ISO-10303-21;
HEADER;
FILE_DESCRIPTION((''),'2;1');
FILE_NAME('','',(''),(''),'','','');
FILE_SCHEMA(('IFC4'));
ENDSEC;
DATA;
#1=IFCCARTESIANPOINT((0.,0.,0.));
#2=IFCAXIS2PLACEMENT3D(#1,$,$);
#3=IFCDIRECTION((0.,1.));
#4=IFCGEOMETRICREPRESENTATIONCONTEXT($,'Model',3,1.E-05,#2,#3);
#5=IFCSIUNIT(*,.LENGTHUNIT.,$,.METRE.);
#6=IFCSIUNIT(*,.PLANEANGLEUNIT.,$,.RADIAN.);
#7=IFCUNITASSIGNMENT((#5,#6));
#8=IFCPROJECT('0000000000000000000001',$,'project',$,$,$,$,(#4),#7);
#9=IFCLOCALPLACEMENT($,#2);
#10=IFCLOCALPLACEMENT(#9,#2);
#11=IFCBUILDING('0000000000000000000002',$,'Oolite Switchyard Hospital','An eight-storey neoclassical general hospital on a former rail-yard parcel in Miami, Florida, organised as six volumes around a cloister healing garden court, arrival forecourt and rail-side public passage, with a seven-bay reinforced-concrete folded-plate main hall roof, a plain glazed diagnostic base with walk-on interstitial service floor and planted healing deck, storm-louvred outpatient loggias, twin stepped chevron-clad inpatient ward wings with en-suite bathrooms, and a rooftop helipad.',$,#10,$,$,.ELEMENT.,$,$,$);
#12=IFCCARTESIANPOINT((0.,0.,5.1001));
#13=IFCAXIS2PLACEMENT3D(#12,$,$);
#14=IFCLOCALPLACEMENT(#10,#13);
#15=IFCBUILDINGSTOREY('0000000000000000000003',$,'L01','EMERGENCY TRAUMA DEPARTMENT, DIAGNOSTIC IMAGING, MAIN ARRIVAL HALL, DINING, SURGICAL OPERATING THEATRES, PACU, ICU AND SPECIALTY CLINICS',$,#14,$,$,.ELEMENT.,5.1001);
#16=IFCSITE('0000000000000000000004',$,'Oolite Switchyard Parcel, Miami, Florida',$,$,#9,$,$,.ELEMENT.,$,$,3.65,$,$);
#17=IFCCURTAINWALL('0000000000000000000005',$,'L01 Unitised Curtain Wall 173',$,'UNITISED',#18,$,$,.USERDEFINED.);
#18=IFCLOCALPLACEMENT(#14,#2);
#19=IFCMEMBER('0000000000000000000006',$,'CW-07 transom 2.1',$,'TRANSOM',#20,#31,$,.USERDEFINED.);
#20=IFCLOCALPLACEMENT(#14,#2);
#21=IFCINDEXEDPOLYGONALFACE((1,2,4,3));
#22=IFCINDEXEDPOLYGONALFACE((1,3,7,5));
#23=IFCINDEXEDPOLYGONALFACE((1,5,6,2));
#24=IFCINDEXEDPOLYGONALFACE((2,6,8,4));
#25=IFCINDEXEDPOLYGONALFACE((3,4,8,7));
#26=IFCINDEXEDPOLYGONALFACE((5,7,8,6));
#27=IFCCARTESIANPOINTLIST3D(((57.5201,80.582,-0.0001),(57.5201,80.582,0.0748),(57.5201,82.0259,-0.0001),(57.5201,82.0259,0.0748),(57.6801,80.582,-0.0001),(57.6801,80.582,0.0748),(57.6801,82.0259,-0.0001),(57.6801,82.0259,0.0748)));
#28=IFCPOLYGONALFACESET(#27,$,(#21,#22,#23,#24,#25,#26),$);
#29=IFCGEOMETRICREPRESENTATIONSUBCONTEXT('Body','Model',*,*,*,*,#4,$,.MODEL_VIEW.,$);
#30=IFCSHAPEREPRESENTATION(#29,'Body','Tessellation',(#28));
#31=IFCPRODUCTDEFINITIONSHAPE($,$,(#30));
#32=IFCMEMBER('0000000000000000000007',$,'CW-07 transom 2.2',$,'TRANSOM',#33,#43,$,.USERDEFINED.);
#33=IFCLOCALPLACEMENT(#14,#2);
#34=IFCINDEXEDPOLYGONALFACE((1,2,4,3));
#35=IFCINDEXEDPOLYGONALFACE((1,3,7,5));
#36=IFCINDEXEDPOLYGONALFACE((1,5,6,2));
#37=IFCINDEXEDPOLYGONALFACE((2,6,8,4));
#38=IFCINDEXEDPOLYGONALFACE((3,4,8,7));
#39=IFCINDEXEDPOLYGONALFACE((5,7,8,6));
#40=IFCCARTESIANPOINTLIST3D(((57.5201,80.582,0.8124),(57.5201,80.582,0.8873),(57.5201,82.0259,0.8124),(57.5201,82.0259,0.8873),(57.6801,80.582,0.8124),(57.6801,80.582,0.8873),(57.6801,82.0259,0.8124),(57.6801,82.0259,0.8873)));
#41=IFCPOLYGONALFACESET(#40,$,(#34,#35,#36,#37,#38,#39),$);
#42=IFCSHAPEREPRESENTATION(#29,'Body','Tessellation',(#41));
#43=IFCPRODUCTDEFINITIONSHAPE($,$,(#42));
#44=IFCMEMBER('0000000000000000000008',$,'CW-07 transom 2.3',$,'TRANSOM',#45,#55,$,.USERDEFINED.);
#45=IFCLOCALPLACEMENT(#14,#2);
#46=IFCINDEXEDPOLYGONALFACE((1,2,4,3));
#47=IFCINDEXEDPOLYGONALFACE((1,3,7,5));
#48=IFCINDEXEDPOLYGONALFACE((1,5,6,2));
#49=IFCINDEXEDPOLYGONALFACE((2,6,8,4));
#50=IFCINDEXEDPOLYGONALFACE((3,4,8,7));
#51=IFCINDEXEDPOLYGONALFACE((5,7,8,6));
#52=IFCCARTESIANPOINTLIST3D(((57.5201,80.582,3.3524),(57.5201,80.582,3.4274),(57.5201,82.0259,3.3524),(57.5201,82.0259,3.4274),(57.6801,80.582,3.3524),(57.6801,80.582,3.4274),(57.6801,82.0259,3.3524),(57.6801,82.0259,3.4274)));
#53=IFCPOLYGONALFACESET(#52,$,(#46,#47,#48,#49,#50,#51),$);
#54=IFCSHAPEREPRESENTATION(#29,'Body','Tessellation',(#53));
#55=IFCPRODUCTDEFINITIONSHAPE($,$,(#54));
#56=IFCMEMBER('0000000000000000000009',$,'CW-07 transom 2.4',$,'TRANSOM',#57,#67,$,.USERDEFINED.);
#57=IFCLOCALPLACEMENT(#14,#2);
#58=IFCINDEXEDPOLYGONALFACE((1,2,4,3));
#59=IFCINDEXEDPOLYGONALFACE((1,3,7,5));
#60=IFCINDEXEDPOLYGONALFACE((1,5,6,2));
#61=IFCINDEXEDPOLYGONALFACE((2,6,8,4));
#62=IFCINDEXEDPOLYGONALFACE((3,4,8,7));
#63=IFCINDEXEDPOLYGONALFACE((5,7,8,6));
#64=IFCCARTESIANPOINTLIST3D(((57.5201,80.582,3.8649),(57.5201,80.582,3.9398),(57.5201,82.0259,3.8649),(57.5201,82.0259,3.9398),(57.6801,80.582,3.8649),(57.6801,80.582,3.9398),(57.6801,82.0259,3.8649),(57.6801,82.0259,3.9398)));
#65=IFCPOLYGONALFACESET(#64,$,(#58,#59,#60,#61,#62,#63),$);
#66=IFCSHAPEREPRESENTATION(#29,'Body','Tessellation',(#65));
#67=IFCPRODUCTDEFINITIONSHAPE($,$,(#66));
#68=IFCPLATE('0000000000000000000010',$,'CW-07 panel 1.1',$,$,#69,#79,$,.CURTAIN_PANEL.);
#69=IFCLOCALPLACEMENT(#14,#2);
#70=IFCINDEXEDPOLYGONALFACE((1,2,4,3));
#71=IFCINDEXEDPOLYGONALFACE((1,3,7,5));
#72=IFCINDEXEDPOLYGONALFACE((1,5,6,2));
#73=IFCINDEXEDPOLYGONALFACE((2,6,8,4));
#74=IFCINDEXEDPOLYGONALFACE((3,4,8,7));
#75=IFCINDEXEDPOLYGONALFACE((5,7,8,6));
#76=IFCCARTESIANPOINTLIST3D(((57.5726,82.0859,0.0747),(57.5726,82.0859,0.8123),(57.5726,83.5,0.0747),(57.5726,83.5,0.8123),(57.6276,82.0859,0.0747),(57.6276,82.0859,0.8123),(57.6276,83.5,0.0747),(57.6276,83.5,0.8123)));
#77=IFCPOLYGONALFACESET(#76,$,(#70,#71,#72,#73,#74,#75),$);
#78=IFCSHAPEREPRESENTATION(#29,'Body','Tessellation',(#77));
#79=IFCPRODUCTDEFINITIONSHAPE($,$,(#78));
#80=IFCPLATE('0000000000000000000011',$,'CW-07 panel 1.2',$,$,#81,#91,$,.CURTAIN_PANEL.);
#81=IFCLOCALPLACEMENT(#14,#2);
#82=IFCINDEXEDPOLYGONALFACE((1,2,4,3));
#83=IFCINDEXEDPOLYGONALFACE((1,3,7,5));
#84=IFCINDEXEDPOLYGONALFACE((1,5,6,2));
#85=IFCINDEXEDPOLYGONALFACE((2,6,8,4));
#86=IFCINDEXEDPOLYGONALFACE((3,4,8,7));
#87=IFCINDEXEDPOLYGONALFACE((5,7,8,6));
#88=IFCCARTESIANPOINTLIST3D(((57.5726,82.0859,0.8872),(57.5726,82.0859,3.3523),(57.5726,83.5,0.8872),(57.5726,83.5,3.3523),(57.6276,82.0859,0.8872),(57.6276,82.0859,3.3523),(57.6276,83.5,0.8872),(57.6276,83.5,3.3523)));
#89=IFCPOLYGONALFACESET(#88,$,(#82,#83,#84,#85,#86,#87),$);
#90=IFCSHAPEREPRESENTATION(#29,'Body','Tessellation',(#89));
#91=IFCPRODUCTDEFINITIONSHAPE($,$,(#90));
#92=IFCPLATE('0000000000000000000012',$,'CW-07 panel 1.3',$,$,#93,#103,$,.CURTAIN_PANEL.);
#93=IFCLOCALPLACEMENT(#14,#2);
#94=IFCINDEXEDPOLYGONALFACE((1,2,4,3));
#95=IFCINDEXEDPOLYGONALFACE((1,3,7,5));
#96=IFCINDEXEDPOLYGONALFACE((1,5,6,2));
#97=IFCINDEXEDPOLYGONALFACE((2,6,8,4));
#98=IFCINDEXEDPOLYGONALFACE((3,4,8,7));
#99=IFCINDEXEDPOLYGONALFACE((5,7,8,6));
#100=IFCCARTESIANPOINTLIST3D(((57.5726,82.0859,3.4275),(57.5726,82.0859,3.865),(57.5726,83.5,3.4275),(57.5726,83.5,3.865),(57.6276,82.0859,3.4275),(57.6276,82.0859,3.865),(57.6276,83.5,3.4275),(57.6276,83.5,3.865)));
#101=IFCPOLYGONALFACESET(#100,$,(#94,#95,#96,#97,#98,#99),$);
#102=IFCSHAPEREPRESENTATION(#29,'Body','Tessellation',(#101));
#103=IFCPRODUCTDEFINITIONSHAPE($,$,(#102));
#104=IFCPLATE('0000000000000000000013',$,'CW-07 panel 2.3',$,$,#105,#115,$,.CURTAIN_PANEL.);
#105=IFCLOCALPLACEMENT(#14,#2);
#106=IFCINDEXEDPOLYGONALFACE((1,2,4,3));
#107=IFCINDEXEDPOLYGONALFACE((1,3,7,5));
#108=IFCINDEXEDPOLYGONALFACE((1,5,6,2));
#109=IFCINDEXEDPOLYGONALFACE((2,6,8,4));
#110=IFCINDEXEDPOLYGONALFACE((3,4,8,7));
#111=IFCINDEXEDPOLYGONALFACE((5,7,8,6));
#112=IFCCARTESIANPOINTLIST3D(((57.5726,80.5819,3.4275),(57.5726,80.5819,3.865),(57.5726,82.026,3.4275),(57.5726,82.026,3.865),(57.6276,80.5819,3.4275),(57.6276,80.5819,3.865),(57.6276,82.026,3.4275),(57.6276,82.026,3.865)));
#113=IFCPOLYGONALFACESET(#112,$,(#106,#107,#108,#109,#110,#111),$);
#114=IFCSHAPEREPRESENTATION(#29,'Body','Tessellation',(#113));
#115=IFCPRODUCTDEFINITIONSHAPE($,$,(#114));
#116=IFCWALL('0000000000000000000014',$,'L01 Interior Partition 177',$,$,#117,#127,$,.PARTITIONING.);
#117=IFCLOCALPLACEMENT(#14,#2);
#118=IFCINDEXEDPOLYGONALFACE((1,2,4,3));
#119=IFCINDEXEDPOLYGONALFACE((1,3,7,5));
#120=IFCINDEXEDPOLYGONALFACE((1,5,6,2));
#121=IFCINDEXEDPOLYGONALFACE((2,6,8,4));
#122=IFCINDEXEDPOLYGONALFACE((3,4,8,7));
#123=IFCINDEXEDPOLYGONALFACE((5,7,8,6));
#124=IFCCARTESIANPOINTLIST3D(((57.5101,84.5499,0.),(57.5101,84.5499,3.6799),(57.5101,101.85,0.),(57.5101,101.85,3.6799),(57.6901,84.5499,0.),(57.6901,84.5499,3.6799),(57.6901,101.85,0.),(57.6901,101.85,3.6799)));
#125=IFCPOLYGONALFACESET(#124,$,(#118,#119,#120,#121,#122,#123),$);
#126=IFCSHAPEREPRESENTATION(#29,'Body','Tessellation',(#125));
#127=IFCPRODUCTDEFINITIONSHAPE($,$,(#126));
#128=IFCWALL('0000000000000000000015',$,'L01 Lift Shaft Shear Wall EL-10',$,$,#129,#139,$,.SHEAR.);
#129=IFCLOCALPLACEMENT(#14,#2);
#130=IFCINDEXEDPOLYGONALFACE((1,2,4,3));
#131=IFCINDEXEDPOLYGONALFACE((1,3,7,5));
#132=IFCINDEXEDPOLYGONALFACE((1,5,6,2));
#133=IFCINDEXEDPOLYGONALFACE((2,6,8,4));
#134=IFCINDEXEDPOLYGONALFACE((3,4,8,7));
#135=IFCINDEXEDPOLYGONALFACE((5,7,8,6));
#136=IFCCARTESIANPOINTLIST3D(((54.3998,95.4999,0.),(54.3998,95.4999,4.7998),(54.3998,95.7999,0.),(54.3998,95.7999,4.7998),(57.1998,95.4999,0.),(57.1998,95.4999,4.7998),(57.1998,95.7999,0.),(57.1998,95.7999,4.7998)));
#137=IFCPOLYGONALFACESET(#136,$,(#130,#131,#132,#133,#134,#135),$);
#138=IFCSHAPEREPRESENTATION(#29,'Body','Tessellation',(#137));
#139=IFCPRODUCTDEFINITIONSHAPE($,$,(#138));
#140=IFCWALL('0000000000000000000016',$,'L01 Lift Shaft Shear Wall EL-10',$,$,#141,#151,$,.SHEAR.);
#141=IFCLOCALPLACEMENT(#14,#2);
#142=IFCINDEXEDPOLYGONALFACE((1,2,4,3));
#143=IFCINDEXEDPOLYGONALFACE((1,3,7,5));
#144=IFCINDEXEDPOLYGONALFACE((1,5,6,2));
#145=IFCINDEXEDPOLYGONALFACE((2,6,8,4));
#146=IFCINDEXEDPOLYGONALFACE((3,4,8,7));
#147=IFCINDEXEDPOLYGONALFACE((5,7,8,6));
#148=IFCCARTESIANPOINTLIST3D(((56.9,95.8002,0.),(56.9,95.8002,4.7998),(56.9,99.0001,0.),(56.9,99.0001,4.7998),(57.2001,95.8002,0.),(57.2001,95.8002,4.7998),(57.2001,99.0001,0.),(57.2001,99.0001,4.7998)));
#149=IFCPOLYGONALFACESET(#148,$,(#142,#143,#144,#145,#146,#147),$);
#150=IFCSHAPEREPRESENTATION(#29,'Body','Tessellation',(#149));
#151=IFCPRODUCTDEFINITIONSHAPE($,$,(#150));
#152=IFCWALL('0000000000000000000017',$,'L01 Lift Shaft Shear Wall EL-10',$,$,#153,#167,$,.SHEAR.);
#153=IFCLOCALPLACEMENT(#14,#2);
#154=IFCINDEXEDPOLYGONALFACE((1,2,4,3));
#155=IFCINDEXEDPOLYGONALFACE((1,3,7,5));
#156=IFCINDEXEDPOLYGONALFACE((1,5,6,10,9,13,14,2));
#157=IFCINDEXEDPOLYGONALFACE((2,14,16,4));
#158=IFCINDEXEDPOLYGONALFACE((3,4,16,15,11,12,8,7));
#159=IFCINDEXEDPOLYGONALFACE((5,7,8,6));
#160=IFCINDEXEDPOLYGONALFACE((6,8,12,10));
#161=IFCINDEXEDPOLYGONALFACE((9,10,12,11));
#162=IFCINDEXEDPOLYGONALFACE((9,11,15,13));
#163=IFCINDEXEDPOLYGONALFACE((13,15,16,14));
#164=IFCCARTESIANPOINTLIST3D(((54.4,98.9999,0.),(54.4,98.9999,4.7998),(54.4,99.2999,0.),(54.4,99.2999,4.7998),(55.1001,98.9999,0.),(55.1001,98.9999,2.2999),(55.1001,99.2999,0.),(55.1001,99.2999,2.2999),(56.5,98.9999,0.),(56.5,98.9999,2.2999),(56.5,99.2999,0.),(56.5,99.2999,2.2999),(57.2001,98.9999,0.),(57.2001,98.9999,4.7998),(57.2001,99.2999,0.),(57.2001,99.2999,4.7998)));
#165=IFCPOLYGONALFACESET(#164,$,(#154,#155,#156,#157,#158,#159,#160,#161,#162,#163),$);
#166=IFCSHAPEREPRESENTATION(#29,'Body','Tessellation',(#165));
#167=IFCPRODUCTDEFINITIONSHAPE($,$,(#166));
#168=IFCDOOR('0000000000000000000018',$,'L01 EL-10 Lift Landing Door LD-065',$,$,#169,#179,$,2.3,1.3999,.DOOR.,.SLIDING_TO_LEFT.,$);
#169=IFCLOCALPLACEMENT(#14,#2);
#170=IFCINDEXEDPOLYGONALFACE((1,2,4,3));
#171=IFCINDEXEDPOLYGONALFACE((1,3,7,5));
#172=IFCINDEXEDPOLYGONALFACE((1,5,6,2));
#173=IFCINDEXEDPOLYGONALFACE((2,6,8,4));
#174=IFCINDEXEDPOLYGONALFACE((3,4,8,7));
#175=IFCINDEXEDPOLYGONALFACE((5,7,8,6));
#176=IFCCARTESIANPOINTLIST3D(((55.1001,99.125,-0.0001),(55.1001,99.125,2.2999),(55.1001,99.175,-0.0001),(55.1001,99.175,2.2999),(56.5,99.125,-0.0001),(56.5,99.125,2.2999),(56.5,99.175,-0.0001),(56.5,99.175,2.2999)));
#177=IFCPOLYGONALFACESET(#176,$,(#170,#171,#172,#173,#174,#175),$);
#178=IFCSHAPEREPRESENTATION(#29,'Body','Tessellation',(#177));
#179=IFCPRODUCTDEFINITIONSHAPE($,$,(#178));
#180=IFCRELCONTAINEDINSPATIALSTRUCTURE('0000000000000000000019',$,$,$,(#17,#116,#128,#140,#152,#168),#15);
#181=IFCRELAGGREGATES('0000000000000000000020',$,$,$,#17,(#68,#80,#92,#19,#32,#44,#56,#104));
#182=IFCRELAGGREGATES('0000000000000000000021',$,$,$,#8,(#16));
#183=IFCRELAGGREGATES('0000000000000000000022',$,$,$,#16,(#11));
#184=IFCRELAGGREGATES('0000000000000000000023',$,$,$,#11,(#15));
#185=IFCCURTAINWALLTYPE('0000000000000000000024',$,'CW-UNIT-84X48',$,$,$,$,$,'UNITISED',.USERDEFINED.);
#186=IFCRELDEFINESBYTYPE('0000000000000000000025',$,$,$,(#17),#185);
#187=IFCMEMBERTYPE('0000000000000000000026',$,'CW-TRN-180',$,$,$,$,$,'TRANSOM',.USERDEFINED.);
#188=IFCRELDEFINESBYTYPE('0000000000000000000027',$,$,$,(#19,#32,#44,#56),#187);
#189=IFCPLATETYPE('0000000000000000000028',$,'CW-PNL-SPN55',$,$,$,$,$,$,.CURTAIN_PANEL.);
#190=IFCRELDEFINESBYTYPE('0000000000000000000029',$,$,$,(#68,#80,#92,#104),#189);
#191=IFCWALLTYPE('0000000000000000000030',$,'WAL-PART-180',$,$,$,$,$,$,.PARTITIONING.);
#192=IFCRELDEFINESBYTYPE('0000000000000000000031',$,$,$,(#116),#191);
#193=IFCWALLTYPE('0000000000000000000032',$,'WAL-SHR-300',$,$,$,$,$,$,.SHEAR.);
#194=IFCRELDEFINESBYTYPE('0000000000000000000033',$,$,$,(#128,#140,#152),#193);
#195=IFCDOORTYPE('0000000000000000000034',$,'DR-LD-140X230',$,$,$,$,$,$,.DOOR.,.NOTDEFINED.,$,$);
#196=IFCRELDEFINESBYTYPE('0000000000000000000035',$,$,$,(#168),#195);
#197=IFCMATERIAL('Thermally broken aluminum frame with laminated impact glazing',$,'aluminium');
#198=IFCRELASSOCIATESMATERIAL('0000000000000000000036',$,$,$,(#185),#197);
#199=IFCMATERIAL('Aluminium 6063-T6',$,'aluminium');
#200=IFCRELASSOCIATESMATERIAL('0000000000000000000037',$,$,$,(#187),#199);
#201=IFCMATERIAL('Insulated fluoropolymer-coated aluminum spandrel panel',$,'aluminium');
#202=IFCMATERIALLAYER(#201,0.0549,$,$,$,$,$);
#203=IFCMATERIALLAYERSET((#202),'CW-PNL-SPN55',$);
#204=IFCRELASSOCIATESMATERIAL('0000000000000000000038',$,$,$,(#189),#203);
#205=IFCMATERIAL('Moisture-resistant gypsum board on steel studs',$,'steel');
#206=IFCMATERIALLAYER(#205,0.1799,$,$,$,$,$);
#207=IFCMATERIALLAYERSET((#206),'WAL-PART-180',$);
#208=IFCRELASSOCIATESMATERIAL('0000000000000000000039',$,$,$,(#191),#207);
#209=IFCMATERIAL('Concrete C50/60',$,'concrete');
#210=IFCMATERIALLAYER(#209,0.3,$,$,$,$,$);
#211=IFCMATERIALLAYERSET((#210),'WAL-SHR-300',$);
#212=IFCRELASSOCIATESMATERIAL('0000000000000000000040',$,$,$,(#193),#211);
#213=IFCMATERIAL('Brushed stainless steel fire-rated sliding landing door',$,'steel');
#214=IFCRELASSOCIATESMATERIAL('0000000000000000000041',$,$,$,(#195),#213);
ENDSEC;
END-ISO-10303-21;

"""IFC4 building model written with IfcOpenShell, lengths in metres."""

from ifc_helpers import new_model, si_unit, direction, frame, frame_2d, origin, origin_2d, place, context, subcontext, project, spatial, rectangle, extrude, material, layer, layer_set, material_profile, profile_set, type_object, element, fill, aggregate, save


model = new_model("IFC4")

# Units and contexts
model_context = context("Model", 3, precision=1e-05, world=origin(), true_north=direction((0.0, 1.0)))
body_context = subcontext(model_context, "Body", "Model", "MODEL_VIEW")
ifc_project = project(units=[si_unit("LENGTHUNIT", "METRE"), si_unit("PLANEANGLEUNIT", "RADIAN")], contexts=[model_context])

# Site, building, storey
site_placement = place(None, origin())
site = spatial("IfcSite", under=ifc_project, at=site_placement, Name="Oolite Switchyard Parcel, Miami, Florida", CompositionType="ELEMENT", RefElevation=3.65)
building_placement = place(site_placement, origin())
building = spatial("IfcBuilding", under=site, at=building_placement, Name="Oolite Switchyard Hospital", Description="An eight-storey neoclassical general hospital on a former rail-yard parcel in Miami, Florida, organised as six volumes around a cloister healing garden court, arrival forecourt and rail-side public passage, with a seven-bay reinforced-concrete folded-plate main hall roof, a plain glazed diagnostic base with walk-on interstitial service floor and planted healing deck, storm-louvred outpatient loggias, twin stepped chevron-clad inpatient ward wings with en-suite bathrooms, and a rooftop helipad.", CompositionType="ELEMENT")
storey_placement = place(building_placement, frame((0.0, 0.0, 5.1001)))
storey = spatial("IfcBuildingStorey", under=building, at=storey_placement, Name="L01", Description="EMERGENCY TRAUMA DEPARTMENT, DIAGNOSTIC IMAGING, MAIN ARRIVAL HALL, DINING, SURGICAL OPERATING THEATRES, PACU, ICU AND SPECIALTY CLINICS", CompositionType="ELEMENT", Elevation=5.1001)

# Shared definitions
ifc_material_1 = material(Name="Concrete C50/60", Category="concrete")

# Curtain wall, members, plates
ifc_material_2 = material(Name="Thermally broken aluminum frame with laminated impact glazing", Category="aluminium")
curtain_wall_type = type_object("IfcCurtainWallType", Name="CW-UNIT-84X48", ElementType="UNITISED", PredefinedType="USERDEFINED", material=ifc_material_2)
curtain_wall_placement = place(storey_placement, origin())
curtain_wall = element("IfcCurtainWall", 1, at=curtain_wall_placement, inside=storey, type_object=curtain_wall_type, Name="L01 Unitised Curtain Wall 173", ObjectType="UNITISED", PredefinedType="USERDEFINED")
ifc_material_3 = material(Name="Aluminium 6063-T6", Category="aluminium")
ifc_material_profile_1 = material_profile(ifc_material_3, rectangle(XDim=0.1599, YDim=0.075, at=origin_2d()), Name="CWT75X160")
ifc_profile_set_1 = profile_set([ifc_material_profile_1], Name="Aluminium 6063-T6")
member_type_1 = type_object("IfcMemberType", Name="CW-TRN-180", ElementType="TRANSOM", PredefinedType="USERDEFINED", material=ifc_profile_set_1)
member_1_placement = place(storey_placement, frame((57.6001, 82.0259, 0.0374), z_axis=(0.0, -1.0, 0.0), x_axis=(1.0, 0.0, 0.0)))
member_1 = element("IfcMember", 2, at=member_1_placement, type_object=member_type_1, Name="CW-07 transom 2.1", ObjectType="TRANSOM", PredefinedType="USERDEFINED", context=body_context, shape_type="SweptSolid", body=[
    extrude(rectangle(XDim=0.1599, YDim=0.075, at=origin_2d()), origin(), (0.0, 0.0, 1.0), 1.4438),
])
member_2_placement = place(storey_placement, frame((57.6001, 82.0259, 0.8499), z_axis=(0.0, -1.0, 0.0), x_axis=(1.0, 0.0, 0.0)))
member_2 = element("IfcMember", 3, at=member_2_placement, type_object=member_type_1, Name="CW-07 transom 2.2", ObjectType="TRANSOM", PredefinedType="USERDEFINED", context=body_context, shape_type="SweptSolid", body=[
    extrude(rectangle(XDim=0.1599, YDim=0.075, at=origin_2d()), origin(), (0.0, 0.0, 1.0), 1.4438),
])
member_3_placement = place(storey_placement, frame((57.6001, 82.0259, 3.3899), z_axis=(0.0, -1.0, 0.0), x_axis=(1.0, 0.0, 0.0)))
member_3 = element("IfcMember", 4, at=member_3_placement, type_object=member_type_1, Name="CW-07 transom 2.3", ObjectType="TRANSOM", PredefinedType="USERDEFINED", context=body_context, shape_type="SweptSolid", body=[
    extrude(rectangle(XDim=0.1599, YDim=0.075, at=origin_2d()), origin(), (0.0, 0.0, 1.0), 1.4438),
])
member_4_placement = place(storey_placement, frame((57.6001, 82.0259, 3.9023), z_axis=(0.0, -1.0, 0.0), x_axis=(1.0, 0.0, 0.0)))
member_4 = element("IfcMember", 5, at=member_4_placement, type_object=member_type_1, Name="CW-07 transom 2.4", ObjectType="TRANSOM", PredefinedType="USERDEFINED", context=body_context, shape_type="SweptSolid", body=[
    extrude(rectangle(XDim=0.1599, YDim=0.075, at=origin_2d()), origin(), (0.0, 0.0, 1.0), 1.4438),
])
ifc_material_4 = material(Name="Insulated fluoropolymer-coated aluminum spandrel panel", Category="aluminium")
ifc_layer_1 = layer(ifc_material_4, 0.0549)
ifc_layer_set_1 = layer_set([ifc_layer_1], Name="CW-PNL-SPN55")
plate_type = type_object("IfcPlateType", Name="CW-PNL-SPN55", PredefinedType="CURTAIN_PANEL", material=ifc_layer_set_1)
plate_1_placement = place(storey_placement, frame((57.6001, 82.793, 0.0747), z_axis=(0.0, 0.0, 1.0), x_axis=(0.0, -1.0, 0.0)))
plate_1 = element("IfcPlate", 6, at=plate_1_placement, type_object=plate_type, Name="CW-07 panel 1.1", PredefinedType="CURTAIN_PANEL", context=body_context, shape_type="SweptSolid", body=[
    extrude(rectangle(XDim=1.4141, YDim=0.0549, at=origin_2d()), origin(), (0.0, 0.0, 1.0), 0.7375),
])
plate_2_placement = place(storey_placement, frame((57.6001, 82.793, 0.8872), z_axis=(0.0, 0.0, 1.0), x_axis=(0.0, -1.0, 0.0)))
plate_2 = element("IfcPlate", 7, at=plate_2_placement, type_object=plate_type, Name="CW-07 panel 1.2", PredefinedType="CURTAIN_PANEL", context=body_context, shape_type="SweptSolid", body=[
    extrude(rectangle(XDim=1.4141, YDim=0.0549, at=origin_2d()), origin(), (0.0, 0.0, 1.0), 2.4651),
])
plate_3_placement = place(storey_placement, frame((57.6001, 82.793, 3.4275), z_axis=(0.0, 0.0, 1.0), x_axis=(0.0, -1.0, 0.0)))
plate_3 = element("IfcPlate", 8, at=plate_3_placement, type_object=plate_type, Name="CW-07 panel 1.3", PredefinedType="CURTAIN_PANEL", context=body_context, shape_type="SweptSolid", body=[
    extrude(rectangle(XDim=1.4141, YDim=0.0549, at=origin_2d()), origin(), (0.0, 0.0, 1.0), 0.4375),
])
plate_4_placement = place(storey_placement, frame((57.6001, 81.304, 3.4275), z_axis=(0.0, 0.0, 1.0), x_axis=(0.0, -1.0, 0.0)))
plate_4 = element("IfcPlate", 9, at=plate_4_placement, type_object=plate_type, Name="CW-07 panel 2.3", PredefinedType="CURTAIN_PANEL", context=body_context, shape_type="SweptSolid", body=[
    extrude(rectangle(XDim=1.4441, YDim=0.0549, at=origin_2d()), origin(), (0.0, 0.0, 1.0), 0.4375),
])
aggregate(curtain_wall, [plate_1, plate_2, plate_3, member_1, member_2, member_3, member_4, plate_4])

# Walls
ifc_material_5 = material(Name="Moisture-resistant gypsum board on steel studs", Category="steel")
ifc_layer_2 = layer(ifc_material_5, 0.1799)
ifc_layer_set_2 = layer_set([ifc_layer_2], Name="WAL-PART-180")
wall_type_1 = type_object("IfcWallType", Name="WAL-PART-180", PredefinedType="PARTITIONING", material=ifc_layer_set_2)
wall_1_placement = place(storey_placement, frame((57.6001, 84.55, 0.0), z_axis=(0.0, 0.0, 1.0), x_axis=(0.0, 1.0, 0.0)))
element("IfcWall", 10, at=wall_1_placement, inside=storey, type_object=wall_type_1, Name="L01 Interior Partition 177", PredefinedType="PARTITIONING", context=body_context, shape_type="SweptSolid", body=[
    extrude(rectangle(XDim=17.3, YDim=0.1799, at=frame_2d((8.6499, 0.0))), origin(), (0.0, 0.0, 1.0), 3.6799),
])
ifc_layer_3 = layer(ifc_material_1, 0.3)
ifc_layer_set_3 = layer_set([ifc_layer_3], Name="WAL-SHR-300")
wall_type_2 = type_object("IfcWallType", Name="WAL-SHR-300", PredefinedType="SHEAR", material=ifc_layer_set_3)
wall_2_placement = place(storey_placement, frame((54.3999, 95.6499, 0.0), z_axis=(0.0, 0.0, 1.0), x_axis=(1.0, 0.0, 0.0)))
element("IfcWall", 11, at=wall_2_placement, inside=storey, type_object=wall_type_2, Name="L01 Lift Shaft Shear Wall EL-10", PredefinedType="SHEAR", context=body_context, shape_type="SweptSolid", body=[
    extrude(rectangle(XDim=2.8, YDim=0.3, at=frame_2d((1.3999, 0.0))), origin(), (0.0, 0.0, 1.0), 4.7998),
])
wall_3_placement = place(storey_placement, frame((57.05, 95.8, 0.0), z_axis=(0.0, 0.0, 1.0), x_axis=(0.0, 1.0, 0.0)))
element("IfcWall", 12, at=wall_3_placement, inside=storey, type_object=wall_type_2, Name="L01 Lift Shaft Shear Wall EL-10", PredefinedType="SHEAR", context=body_context, shape_type="SweptSolid", body=[
    extrude(rectangle(XDim=3.2, YDim=0.3, at=frame_2d((1.6001, 0.0))), origin(), (0.0, 0.0, 1.0), 4.7998),
])

# Wall, opening, door
wall_4_placement = place(storey_placement, frame((57.2, 99.1499, 0.0), z_axis=(0.0, 0.0, 1.0), x_axis=(-1.0, 0.0, 0.0)))
wall_4 = element("IfcWall", 13, at=wall_4_placement, inside=storey, type_object=wall_type_2, Name="L01 Lift Shaft Shear Wall EL-10", PredefinedType="SHEAR", context=body_context, shape_type="SweptSolid", body=[
    extrude(rectangle(XDim=2.8, YDim=0.3, at=frame_2d((1.3999, 0.0))), origin(), (0.0, 0.0, 1.0), 4.7998),
])
opening_placement = place(wall_4_placement, frame((0.7, 0.0, 0.0)))
opening = element("IfcOpeningElement", 14, at=opening_placement, cuts=wall_4, PredefinedType="OPENING", context=body_context, shape_type="SweptSolid", body=[
    extrude(rectangle(XDim=1.3999, YDim=2.3, at=frame_2d((0.7, 1.1499))), frame((0.0, 0.1602, 0.0), z_axis=(0.0, -1.0, 0.0), x_axis=(1.0, 0.0, 0.0)), (0.0, 0.0, 1.0), 0.3201),
])
ifc_material_6 = material(Name="Brushed stainless steel fire-rated sliding landing door", Category="steel")
door_type = type_object("IfcDoorType", Name="DR-LD-140X230", OperationType="NOTDEFINED", PredefinedType="DOOR", material=ifc_material_6)
door_placement = place(opening_placement, origin())
door = element("IfcDoor", 15, at=door_placement, inside=storey, type_object=door_type, Name="L01 EL-10 Lift Landing Door LD-065", OperationType="SLIDING_TO_LEFT", OverallHeight=2.3, OverallWidth=1.3999, PredefinedType="DOOR", context=body_context, shape_type="SweptSolid", body=[
    extrude(rectangle(XDim=1.3999, YDim=2.3, at=frame_2d((0.7, 1.1499))), frame((0.0, 0.0249, 0.0), z_axis=(0.0, -1.0, 0.0), x_axis=(1.0, 0.0, 0.0)), (0.0, 0.0, 1.0), 0.05),
])
fill(opening, door)

save(model, "model.ifc")
